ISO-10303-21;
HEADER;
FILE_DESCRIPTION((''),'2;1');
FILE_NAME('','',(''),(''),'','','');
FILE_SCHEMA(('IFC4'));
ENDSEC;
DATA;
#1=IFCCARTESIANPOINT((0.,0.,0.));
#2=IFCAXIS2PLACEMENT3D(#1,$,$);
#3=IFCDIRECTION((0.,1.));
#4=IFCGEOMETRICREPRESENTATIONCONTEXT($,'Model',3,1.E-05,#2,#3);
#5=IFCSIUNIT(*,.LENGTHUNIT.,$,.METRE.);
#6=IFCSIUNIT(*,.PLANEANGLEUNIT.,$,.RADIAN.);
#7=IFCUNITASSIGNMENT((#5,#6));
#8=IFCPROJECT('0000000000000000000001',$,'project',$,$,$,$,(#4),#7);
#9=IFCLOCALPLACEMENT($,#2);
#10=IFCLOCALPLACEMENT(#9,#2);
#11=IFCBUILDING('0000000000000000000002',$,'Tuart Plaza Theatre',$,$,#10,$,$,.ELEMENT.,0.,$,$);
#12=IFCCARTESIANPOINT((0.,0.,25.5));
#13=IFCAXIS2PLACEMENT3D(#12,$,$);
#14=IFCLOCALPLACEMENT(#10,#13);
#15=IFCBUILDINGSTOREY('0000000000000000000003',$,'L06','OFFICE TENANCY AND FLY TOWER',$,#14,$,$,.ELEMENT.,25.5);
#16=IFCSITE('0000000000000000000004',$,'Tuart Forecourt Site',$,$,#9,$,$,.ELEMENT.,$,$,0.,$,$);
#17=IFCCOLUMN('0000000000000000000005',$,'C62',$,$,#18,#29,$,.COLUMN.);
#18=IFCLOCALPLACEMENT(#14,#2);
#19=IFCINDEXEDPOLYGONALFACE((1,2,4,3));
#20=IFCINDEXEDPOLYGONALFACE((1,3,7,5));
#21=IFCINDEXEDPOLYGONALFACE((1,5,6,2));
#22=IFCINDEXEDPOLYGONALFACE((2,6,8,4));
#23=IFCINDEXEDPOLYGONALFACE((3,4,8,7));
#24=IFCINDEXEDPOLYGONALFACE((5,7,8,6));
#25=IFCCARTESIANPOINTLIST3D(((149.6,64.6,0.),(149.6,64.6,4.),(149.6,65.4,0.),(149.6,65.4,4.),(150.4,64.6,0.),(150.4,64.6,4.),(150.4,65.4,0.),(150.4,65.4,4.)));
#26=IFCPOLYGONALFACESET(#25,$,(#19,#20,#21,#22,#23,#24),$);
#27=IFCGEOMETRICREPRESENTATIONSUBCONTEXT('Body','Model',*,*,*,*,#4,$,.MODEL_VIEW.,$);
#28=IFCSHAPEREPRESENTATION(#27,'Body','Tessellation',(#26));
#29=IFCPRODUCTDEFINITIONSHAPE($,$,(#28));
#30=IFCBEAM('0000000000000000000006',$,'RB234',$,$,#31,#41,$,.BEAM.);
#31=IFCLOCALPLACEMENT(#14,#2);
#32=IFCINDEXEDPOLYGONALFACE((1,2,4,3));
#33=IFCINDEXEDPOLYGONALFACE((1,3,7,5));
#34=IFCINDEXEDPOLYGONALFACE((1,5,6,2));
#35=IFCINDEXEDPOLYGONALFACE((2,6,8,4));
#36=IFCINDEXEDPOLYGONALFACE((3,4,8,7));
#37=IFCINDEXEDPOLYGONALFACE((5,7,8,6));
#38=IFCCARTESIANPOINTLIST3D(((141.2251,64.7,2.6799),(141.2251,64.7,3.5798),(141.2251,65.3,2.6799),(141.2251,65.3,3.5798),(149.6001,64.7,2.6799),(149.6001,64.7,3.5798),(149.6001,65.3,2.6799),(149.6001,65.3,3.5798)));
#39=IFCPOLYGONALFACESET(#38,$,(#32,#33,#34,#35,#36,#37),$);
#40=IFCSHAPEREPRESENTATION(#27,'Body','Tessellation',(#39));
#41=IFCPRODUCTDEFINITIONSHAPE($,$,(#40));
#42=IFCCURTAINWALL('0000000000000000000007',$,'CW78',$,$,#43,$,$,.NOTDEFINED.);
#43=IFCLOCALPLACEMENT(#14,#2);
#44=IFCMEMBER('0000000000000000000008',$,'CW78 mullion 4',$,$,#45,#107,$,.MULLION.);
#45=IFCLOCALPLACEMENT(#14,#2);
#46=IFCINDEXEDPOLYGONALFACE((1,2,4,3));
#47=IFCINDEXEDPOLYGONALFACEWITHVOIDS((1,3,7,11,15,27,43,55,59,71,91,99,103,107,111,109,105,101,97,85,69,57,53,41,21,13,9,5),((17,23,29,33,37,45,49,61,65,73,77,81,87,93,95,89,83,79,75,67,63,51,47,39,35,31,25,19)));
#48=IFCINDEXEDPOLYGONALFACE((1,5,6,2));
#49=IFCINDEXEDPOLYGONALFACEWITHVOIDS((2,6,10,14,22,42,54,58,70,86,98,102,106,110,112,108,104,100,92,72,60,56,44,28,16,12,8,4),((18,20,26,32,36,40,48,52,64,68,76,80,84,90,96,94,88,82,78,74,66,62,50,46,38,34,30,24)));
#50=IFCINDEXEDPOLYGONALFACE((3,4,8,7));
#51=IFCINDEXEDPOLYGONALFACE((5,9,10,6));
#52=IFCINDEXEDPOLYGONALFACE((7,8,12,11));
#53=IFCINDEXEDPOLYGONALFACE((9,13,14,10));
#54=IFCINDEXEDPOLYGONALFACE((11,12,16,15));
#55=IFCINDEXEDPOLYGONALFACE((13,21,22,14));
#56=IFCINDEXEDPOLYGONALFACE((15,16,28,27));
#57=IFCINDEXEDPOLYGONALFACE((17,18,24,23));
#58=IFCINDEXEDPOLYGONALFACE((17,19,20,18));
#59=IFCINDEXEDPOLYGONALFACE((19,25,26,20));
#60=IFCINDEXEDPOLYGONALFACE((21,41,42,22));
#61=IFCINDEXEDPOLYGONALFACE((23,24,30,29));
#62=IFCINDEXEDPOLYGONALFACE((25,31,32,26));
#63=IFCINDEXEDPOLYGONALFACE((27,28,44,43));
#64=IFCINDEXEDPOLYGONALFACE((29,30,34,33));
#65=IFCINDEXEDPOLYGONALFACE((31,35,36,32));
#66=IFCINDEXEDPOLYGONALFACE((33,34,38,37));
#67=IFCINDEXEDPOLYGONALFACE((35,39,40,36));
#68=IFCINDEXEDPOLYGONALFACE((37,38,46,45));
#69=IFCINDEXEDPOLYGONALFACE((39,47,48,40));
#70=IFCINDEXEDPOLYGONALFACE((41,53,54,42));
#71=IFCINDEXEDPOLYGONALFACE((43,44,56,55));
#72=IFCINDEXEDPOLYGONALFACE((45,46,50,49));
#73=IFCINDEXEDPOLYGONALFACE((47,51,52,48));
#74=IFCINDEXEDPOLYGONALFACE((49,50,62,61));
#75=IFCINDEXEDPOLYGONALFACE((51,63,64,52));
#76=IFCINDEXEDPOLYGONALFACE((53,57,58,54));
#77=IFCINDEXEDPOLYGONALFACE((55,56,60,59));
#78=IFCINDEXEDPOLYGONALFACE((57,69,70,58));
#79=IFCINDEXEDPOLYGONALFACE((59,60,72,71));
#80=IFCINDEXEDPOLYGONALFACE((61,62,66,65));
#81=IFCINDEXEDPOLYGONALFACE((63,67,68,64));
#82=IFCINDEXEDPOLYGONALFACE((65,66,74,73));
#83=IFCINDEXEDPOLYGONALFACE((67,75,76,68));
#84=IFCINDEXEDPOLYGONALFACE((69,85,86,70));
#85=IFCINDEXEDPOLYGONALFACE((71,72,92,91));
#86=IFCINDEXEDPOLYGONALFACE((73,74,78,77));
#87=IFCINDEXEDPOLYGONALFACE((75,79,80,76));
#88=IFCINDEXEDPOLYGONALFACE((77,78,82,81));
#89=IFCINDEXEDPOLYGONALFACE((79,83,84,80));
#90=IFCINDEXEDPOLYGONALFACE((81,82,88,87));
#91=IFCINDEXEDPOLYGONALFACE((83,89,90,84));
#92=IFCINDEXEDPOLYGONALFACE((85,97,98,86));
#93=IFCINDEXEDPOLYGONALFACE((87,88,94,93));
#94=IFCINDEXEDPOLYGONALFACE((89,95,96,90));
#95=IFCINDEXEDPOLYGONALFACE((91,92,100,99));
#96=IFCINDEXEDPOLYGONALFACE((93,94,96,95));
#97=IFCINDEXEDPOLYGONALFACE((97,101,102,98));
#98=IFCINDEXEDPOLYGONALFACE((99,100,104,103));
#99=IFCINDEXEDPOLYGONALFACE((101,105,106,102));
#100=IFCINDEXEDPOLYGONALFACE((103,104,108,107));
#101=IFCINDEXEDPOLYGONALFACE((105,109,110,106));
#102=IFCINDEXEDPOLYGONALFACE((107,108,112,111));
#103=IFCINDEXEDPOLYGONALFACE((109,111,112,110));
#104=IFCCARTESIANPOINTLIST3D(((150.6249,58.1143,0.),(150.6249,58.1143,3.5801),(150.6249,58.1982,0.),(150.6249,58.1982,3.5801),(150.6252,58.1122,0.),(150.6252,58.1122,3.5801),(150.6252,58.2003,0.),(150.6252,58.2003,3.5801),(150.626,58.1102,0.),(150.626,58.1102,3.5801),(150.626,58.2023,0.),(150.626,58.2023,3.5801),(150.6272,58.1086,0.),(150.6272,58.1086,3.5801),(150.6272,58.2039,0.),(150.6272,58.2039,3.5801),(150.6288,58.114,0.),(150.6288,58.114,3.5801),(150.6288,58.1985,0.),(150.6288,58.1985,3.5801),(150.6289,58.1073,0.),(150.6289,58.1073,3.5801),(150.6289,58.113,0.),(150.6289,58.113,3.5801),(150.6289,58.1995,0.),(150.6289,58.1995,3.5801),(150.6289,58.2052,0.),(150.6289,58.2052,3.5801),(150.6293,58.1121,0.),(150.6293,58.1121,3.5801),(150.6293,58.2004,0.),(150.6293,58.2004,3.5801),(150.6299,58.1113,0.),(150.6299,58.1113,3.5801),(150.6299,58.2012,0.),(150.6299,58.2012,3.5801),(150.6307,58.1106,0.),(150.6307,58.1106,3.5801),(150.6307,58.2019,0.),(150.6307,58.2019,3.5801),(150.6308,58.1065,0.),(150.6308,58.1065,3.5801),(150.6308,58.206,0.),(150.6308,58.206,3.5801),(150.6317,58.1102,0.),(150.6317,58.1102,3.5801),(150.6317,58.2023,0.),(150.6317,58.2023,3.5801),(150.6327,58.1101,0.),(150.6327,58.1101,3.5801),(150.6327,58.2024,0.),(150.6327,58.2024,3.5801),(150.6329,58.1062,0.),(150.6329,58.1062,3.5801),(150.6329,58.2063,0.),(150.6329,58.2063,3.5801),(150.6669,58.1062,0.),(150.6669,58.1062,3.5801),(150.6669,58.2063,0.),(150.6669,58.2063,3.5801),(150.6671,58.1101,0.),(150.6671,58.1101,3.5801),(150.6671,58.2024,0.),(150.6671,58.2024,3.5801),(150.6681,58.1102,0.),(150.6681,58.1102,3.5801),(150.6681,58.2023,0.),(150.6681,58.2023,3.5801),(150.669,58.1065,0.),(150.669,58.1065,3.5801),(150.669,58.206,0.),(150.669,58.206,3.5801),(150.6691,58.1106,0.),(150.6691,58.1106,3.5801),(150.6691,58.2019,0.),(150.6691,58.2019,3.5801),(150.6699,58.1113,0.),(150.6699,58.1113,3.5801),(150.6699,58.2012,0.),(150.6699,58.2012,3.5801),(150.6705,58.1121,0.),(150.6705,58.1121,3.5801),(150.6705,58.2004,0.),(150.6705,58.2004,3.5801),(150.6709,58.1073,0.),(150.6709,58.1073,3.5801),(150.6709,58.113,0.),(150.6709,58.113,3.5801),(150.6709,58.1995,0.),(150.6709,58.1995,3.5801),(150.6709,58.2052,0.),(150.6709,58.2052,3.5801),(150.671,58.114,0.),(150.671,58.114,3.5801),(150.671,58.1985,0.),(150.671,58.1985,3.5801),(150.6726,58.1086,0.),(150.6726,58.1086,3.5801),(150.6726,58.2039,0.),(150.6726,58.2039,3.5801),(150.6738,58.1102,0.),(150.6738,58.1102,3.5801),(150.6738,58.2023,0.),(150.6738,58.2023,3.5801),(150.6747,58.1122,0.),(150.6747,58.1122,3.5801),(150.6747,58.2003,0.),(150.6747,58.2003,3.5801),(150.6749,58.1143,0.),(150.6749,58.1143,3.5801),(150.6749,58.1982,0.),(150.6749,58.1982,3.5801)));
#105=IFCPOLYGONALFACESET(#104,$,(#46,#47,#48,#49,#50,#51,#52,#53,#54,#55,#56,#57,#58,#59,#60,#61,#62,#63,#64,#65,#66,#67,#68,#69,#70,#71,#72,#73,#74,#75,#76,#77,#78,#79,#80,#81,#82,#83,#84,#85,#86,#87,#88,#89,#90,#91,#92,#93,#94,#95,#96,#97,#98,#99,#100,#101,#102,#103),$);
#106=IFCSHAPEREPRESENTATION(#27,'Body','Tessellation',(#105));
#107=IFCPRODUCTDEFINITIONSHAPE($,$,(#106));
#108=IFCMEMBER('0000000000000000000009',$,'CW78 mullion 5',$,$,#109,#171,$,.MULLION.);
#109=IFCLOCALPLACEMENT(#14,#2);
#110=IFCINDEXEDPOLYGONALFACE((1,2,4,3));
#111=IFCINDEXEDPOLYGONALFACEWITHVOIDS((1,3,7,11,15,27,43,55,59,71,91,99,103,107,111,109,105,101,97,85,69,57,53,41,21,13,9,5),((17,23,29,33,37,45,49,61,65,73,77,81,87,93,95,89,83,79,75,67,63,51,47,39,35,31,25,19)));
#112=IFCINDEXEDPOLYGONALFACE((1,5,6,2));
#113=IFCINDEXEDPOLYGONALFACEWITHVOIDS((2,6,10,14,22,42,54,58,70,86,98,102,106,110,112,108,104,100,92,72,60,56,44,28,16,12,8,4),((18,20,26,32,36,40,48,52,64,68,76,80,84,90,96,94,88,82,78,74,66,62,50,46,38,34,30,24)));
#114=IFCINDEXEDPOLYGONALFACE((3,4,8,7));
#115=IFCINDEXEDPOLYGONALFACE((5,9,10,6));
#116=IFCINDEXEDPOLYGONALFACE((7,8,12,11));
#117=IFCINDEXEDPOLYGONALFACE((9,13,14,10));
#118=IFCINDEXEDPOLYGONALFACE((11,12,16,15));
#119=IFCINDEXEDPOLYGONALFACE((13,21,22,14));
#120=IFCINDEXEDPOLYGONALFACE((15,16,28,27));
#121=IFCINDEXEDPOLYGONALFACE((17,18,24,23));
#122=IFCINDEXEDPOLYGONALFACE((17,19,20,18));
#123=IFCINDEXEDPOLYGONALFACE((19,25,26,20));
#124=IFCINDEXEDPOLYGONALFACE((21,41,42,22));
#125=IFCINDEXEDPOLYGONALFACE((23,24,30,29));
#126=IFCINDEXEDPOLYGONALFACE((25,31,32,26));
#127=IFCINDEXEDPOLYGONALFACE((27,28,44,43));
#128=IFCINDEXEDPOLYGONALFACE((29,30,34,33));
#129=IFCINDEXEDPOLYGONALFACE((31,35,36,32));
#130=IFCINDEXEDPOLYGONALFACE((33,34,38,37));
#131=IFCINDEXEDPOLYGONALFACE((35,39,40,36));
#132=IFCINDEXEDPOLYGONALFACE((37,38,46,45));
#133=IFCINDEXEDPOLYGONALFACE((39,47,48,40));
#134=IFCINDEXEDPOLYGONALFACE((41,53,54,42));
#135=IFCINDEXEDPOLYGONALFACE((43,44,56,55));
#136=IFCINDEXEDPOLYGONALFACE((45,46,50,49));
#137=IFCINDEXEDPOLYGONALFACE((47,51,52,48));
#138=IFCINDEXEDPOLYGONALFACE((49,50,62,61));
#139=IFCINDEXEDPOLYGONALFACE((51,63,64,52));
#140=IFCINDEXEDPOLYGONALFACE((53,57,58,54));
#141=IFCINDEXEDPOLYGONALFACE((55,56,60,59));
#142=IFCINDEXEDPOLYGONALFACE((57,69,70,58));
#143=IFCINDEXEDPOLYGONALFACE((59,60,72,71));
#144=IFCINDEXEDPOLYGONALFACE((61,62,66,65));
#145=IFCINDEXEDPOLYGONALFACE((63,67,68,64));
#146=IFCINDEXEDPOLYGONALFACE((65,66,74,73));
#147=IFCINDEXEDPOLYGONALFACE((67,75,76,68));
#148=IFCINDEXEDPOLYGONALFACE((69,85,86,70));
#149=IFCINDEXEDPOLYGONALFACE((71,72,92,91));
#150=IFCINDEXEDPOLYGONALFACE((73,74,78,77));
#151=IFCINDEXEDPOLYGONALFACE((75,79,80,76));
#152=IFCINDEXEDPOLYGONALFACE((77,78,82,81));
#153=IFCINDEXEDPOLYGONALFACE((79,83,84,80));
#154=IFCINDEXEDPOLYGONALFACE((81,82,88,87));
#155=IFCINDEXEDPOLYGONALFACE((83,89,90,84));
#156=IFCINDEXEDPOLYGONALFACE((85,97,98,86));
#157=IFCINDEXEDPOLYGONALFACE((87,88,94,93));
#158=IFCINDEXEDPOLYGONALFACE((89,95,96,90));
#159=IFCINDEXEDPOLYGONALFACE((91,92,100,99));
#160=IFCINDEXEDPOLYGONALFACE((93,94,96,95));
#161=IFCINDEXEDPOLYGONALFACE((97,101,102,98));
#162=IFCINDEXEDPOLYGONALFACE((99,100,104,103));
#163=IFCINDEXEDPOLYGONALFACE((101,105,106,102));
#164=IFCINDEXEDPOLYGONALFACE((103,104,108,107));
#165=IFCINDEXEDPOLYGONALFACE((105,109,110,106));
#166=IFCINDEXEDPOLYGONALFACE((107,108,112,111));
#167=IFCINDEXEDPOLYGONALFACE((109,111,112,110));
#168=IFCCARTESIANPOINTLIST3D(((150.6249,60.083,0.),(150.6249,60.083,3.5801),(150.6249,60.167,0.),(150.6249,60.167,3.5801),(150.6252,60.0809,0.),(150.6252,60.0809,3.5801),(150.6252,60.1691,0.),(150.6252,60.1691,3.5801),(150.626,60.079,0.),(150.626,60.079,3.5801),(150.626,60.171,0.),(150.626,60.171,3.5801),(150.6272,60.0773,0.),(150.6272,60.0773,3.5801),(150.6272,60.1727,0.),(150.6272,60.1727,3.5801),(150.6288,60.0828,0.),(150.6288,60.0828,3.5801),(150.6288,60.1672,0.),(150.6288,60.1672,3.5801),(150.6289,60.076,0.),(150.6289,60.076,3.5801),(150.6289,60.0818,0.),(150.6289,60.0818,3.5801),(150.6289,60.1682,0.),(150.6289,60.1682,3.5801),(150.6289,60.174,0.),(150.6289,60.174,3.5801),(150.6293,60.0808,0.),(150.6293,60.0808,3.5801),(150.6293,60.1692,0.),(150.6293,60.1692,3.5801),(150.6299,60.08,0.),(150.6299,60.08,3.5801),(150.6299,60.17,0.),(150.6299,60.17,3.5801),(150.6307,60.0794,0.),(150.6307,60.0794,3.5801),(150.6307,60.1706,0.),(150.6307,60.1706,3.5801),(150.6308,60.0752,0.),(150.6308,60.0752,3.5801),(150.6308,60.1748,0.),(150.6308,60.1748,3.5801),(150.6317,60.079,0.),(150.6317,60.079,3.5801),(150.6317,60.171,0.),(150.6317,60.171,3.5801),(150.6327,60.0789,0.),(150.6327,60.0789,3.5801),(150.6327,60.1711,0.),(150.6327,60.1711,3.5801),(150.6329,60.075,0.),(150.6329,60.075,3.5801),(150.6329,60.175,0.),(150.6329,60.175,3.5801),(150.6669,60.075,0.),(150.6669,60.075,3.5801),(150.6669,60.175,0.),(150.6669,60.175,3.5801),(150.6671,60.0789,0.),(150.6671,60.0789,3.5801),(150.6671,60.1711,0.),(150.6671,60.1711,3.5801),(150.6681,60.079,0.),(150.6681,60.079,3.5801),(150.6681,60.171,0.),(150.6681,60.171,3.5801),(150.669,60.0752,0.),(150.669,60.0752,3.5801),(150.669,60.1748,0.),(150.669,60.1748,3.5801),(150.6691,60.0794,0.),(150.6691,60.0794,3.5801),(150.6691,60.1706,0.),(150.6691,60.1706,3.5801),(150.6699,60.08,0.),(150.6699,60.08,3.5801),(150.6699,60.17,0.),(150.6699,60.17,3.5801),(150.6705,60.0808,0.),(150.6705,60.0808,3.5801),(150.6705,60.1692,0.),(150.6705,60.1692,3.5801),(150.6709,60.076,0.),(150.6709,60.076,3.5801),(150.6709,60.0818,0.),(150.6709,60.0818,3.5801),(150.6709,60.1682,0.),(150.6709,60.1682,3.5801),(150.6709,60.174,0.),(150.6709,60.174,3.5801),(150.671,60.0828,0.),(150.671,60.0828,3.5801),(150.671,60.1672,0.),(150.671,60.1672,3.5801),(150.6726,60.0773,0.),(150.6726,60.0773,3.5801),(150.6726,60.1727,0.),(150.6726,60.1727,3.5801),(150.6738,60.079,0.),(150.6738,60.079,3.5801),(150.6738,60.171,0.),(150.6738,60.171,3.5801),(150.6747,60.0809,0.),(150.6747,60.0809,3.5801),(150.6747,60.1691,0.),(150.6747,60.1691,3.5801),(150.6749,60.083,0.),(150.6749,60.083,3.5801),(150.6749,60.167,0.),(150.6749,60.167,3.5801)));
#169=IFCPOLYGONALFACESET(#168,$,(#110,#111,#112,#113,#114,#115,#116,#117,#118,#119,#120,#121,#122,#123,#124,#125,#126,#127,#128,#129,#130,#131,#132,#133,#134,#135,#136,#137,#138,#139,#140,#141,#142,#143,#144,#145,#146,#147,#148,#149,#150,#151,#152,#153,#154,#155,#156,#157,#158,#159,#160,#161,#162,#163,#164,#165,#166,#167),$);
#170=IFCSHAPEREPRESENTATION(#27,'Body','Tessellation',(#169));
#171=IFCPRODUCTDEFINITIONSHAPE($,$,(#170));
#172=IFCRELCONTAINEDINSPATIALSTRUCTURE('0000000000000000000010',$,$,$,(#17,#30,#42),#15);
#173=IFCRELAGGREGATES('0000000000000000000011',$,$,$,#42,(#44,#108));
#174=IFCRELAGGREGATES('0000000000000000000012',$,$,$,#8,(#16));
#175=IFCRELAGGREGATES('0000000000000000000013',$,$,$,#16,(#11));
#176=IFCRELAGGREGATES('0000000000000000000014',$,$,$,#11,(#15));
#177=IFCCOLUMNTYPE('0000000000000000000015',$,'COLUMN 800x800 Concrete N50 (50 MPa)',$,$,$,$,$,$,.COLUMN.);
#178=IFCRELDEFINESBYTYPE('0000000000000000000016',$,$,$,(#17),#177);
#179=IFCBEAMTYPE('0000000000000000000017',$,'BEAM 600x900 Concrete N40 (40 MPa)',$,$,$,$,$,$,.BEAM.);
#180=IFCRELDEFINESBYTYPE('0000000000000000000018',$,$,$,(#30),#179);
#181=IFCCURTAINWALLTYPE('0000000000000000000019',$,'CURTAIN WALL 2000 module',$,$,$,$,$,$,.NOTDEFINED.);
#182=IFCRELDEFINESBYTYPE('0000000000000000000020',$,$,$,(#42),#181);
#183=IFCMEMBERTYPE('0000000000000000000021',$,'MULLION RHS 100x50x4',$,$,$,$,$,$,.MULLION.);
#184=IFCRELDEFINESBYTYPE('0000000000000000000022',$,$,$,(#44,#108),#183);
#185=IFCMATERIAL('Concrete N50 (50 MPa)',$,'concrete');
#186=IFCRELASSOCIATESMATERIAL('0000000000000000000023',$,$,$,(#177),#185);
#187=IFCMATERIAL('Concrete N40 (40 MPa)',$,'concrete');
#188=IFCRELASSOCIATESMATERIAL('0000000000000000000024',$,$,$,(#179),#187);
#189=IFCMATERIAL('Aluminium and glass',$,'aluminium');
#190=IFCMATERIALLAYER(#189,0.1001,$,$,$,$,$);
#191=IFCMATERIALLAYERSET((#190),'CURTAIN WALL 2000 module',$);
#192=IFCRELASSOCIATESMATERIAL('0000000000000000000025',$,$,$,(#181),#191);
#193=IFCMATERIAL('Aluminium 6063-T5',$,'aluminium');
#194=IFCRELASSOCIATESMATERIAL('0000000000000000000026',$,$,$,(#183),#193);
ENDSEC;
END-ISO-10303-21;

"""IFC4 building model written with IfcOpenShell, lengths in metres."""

from ifc_helpers import new_model, si_unit, direction, frame, origin, origin_2d, place, context, subcontext, project, spatial, rectangle, hollow_rectangle, extrude, material, layer, layer_set, material_profile, profile_set, type_object, element, aggregate, save


model = new_model("IFC4")

# Units and contexts
model_context = context("Model", 3, precision=1e-05, world=origin(), true_north=direction((0.0, 1.0)))
body_context = subcontext(model_context, "Body", "Model", "MODEL_VIEW")
ifc_project = project(units=[si_unit("LENGTHUNIT", "METRE"), si_unit("PLANEANGLEUNIT", "RADIAN")], contexts=[model_context])

# Site, building, storey
site_placement = place(None, origin())
site = spatial("IfcSite", under=ifc_project, at=site_placement, Name="Tuart Forecourt Site", CompositionType="ELEMENT", RefElevation=0.0)
building_placement = place(site_placement, origin())
building = spatial("IfcBuilding", under=site, at=building_placement, Name="Tuart Plaza Theatre", CompositionType="ELEMENT", ElevationOfRefHeight=0.0)
storey_placement = place(building_placement, frame((0.0, 0.0, 25.5)))
storey = spatial("IfcBuildingStorey", under=building, at=storey_placement, Name="L06", Description="OFFICE TENANCY AND FLY TOWER", CompositionType="ELEMENT", Elevation=25.5)

# Column
ifc_material_1 = material(Name="Concrete N50 (50 MPa)", Category="concrete")
ifc_material_profile_1 = material_profile(ifc_material_1, rectangle(XDim=0.8, YDim=0.8, at=origin_2d()), Name="COLUMN 800x800 Concrete N50 (50 MPa)")
ifc_profile_set_1 = profile_set([ifc_material_profile_1], Name="Concrete N50 (50 MPa)")
column_type = type_object("IfcColumnType", Name="COLUMN 800x800 Concrete N50 (50 MPa)", PredefinedType="COLUMN", material=ifc_profile_set_1)
column_placement = place(storey_placement, frame((150.0, 65.0, 0.0), z_axis=(0.0, 0.0, 1.0), x_axis=(1.0, 0.0, 0.0)))
element("IfcColumn", 1, at=column_placement, inside=storey, type_object=column_type, Name="C62", PredefinedType="COLUMN", context=body_context, shape_type="SweptSolid", body=[
    extrude(rectangle(XDim=0.8, YDim=0.8, at=origin_2d()), origin(), (0.0, 0.0, 1.0), 4.0),
])

# Beam
ifc_material_2 = material(Name="Concrete N40 (40 MPa)", Category="concrete")
ifc_material_profile_2 = material_profile(ifc_material_2, rectangle(XDim=0.6001, YDim=0.8999, at=origin_2d()), Name="BEAM 600x900 Concrete N40 (40 MPa)")
ifc_profile_set_2 = profile_set([ifc_material_profile_2], Name="Concrete N40 (40 MPa)")
beam_type = type_object("IfcBeamType", Name="BEAM 600x900 Concrete N40 (40 MPa)", PredefinedType="BEAM", material=ifc_profile_set_2)
beam_placement = place(storey_placement, frame((141.2251, 65.0, 3.1299), z_axis=(1.0, 0.0, 0.0), x_axis=(0.0, 1.0, 0.0)))
element("IfcBeam", 2, at=beam_placement, inside=storey, type_object=beam_type, Name="RB234", PredefinedType="BEAM", context=body_context, shape_type="SweptSolid", body=[
    extrude(rectangle(XDim=0.6001, YDim=0.8999, at=origin_2d()), origin(), (0.0, 0.0, 1.0), 8.375),
])

# Curtain wall, members
ifc_material_3 = material(Name="Aluminium and glass", Category="aluminium")
ifc_layer_1 = layer(ifc_material_3, 0.1001)
ifc_layer_set_1 = layer_set([ifc_layer_1], Name="CURTAIN WALL 2000 module")
curtain_wall_type = type_object("IfcCurtainWallType", Name="CURTAIN WALL 2000 module", PredefinedType="NOTDEFINED", material=ifc_layer_set_1)
curtain_wall_placement = place(storey_placement, origin())
curtain_wall = element("IfcCurtainWall", 3, at=curtain_wall_placement, inside=storey, type_object=curtain_wall_type, Name="CW78", PredefinedType="NOTDEFINED")
ifc_material_4 = material(Name="Aluminium 6063-T5", Category="aluminium")
ifc_material_profile_3 = material_profile(ifc_material_4, hollow_rectangle(XDim=0.05, YDim=0.1001, WallThickness=0.0039, InnerFilletRadius=0.0039, OuterFilletRadius=0.0081, at=origin_2d()), Name="RHS 100x50x4")
ifc_profile_set_3 = profile_set([ifc_material_profile_3], Name="Aluminium 6063-T5")
member_type_1 = type_object("IfcMemberType", Name="MULLION RHS 100x50x4", PredefinedType="MULLION", material=ifc_profile_set_3)
member_1_placement = place(storey_placement, frame((150.6499, 58.1562, 0.0), z_axis=(0.0, 0.0, 1.0), x_axis=(-1.0, 0.0, 0.0)))
member_1 = element("IfcMember", 4, at=member_1_placement, type_object=member_type_1, Name="CW78 mullion 4", PredefinedType="MULLION", context=body_context, shape_type="SweptSolid", body=[
    extrude(hollow_rectangle(XDim=0.05, YDim=0.1001, WallThickness=0.0039, InnerFilletRadius=0.0039, OuterFilletRadius=0.0081, at=origin_2d()), origin(), (0.0, 0.0, 1.0), 3.5801),
])
member_2_placement = place(storey_placement, frame((150.6499, 60.125, 0.0), z_axis=(0.0, 0.0, 1.0), x_axis=(-1.0, 0.0, 0.0)))
member_2 = element("IfcMember", 5, at=member_2_placement, type_object=member_type_1, Name="CW78 mullion 5", PredefinedType="MULLION", context=body_context, shape_type="SweptSolid", body=[
    extrude(hollow_rectangle(XDim=0.05, YDim=0.1001, WallThickness=0.0039, InnerFilletRadius=0.0039, OuterFilletRadius=0.0081, at=origin_2d()), origin(), (0.0, 0.0, 1.0), 3.5801),
])
aggregate(curtain_wall, [member_1, member_2])

save(model, "model.ifc")
